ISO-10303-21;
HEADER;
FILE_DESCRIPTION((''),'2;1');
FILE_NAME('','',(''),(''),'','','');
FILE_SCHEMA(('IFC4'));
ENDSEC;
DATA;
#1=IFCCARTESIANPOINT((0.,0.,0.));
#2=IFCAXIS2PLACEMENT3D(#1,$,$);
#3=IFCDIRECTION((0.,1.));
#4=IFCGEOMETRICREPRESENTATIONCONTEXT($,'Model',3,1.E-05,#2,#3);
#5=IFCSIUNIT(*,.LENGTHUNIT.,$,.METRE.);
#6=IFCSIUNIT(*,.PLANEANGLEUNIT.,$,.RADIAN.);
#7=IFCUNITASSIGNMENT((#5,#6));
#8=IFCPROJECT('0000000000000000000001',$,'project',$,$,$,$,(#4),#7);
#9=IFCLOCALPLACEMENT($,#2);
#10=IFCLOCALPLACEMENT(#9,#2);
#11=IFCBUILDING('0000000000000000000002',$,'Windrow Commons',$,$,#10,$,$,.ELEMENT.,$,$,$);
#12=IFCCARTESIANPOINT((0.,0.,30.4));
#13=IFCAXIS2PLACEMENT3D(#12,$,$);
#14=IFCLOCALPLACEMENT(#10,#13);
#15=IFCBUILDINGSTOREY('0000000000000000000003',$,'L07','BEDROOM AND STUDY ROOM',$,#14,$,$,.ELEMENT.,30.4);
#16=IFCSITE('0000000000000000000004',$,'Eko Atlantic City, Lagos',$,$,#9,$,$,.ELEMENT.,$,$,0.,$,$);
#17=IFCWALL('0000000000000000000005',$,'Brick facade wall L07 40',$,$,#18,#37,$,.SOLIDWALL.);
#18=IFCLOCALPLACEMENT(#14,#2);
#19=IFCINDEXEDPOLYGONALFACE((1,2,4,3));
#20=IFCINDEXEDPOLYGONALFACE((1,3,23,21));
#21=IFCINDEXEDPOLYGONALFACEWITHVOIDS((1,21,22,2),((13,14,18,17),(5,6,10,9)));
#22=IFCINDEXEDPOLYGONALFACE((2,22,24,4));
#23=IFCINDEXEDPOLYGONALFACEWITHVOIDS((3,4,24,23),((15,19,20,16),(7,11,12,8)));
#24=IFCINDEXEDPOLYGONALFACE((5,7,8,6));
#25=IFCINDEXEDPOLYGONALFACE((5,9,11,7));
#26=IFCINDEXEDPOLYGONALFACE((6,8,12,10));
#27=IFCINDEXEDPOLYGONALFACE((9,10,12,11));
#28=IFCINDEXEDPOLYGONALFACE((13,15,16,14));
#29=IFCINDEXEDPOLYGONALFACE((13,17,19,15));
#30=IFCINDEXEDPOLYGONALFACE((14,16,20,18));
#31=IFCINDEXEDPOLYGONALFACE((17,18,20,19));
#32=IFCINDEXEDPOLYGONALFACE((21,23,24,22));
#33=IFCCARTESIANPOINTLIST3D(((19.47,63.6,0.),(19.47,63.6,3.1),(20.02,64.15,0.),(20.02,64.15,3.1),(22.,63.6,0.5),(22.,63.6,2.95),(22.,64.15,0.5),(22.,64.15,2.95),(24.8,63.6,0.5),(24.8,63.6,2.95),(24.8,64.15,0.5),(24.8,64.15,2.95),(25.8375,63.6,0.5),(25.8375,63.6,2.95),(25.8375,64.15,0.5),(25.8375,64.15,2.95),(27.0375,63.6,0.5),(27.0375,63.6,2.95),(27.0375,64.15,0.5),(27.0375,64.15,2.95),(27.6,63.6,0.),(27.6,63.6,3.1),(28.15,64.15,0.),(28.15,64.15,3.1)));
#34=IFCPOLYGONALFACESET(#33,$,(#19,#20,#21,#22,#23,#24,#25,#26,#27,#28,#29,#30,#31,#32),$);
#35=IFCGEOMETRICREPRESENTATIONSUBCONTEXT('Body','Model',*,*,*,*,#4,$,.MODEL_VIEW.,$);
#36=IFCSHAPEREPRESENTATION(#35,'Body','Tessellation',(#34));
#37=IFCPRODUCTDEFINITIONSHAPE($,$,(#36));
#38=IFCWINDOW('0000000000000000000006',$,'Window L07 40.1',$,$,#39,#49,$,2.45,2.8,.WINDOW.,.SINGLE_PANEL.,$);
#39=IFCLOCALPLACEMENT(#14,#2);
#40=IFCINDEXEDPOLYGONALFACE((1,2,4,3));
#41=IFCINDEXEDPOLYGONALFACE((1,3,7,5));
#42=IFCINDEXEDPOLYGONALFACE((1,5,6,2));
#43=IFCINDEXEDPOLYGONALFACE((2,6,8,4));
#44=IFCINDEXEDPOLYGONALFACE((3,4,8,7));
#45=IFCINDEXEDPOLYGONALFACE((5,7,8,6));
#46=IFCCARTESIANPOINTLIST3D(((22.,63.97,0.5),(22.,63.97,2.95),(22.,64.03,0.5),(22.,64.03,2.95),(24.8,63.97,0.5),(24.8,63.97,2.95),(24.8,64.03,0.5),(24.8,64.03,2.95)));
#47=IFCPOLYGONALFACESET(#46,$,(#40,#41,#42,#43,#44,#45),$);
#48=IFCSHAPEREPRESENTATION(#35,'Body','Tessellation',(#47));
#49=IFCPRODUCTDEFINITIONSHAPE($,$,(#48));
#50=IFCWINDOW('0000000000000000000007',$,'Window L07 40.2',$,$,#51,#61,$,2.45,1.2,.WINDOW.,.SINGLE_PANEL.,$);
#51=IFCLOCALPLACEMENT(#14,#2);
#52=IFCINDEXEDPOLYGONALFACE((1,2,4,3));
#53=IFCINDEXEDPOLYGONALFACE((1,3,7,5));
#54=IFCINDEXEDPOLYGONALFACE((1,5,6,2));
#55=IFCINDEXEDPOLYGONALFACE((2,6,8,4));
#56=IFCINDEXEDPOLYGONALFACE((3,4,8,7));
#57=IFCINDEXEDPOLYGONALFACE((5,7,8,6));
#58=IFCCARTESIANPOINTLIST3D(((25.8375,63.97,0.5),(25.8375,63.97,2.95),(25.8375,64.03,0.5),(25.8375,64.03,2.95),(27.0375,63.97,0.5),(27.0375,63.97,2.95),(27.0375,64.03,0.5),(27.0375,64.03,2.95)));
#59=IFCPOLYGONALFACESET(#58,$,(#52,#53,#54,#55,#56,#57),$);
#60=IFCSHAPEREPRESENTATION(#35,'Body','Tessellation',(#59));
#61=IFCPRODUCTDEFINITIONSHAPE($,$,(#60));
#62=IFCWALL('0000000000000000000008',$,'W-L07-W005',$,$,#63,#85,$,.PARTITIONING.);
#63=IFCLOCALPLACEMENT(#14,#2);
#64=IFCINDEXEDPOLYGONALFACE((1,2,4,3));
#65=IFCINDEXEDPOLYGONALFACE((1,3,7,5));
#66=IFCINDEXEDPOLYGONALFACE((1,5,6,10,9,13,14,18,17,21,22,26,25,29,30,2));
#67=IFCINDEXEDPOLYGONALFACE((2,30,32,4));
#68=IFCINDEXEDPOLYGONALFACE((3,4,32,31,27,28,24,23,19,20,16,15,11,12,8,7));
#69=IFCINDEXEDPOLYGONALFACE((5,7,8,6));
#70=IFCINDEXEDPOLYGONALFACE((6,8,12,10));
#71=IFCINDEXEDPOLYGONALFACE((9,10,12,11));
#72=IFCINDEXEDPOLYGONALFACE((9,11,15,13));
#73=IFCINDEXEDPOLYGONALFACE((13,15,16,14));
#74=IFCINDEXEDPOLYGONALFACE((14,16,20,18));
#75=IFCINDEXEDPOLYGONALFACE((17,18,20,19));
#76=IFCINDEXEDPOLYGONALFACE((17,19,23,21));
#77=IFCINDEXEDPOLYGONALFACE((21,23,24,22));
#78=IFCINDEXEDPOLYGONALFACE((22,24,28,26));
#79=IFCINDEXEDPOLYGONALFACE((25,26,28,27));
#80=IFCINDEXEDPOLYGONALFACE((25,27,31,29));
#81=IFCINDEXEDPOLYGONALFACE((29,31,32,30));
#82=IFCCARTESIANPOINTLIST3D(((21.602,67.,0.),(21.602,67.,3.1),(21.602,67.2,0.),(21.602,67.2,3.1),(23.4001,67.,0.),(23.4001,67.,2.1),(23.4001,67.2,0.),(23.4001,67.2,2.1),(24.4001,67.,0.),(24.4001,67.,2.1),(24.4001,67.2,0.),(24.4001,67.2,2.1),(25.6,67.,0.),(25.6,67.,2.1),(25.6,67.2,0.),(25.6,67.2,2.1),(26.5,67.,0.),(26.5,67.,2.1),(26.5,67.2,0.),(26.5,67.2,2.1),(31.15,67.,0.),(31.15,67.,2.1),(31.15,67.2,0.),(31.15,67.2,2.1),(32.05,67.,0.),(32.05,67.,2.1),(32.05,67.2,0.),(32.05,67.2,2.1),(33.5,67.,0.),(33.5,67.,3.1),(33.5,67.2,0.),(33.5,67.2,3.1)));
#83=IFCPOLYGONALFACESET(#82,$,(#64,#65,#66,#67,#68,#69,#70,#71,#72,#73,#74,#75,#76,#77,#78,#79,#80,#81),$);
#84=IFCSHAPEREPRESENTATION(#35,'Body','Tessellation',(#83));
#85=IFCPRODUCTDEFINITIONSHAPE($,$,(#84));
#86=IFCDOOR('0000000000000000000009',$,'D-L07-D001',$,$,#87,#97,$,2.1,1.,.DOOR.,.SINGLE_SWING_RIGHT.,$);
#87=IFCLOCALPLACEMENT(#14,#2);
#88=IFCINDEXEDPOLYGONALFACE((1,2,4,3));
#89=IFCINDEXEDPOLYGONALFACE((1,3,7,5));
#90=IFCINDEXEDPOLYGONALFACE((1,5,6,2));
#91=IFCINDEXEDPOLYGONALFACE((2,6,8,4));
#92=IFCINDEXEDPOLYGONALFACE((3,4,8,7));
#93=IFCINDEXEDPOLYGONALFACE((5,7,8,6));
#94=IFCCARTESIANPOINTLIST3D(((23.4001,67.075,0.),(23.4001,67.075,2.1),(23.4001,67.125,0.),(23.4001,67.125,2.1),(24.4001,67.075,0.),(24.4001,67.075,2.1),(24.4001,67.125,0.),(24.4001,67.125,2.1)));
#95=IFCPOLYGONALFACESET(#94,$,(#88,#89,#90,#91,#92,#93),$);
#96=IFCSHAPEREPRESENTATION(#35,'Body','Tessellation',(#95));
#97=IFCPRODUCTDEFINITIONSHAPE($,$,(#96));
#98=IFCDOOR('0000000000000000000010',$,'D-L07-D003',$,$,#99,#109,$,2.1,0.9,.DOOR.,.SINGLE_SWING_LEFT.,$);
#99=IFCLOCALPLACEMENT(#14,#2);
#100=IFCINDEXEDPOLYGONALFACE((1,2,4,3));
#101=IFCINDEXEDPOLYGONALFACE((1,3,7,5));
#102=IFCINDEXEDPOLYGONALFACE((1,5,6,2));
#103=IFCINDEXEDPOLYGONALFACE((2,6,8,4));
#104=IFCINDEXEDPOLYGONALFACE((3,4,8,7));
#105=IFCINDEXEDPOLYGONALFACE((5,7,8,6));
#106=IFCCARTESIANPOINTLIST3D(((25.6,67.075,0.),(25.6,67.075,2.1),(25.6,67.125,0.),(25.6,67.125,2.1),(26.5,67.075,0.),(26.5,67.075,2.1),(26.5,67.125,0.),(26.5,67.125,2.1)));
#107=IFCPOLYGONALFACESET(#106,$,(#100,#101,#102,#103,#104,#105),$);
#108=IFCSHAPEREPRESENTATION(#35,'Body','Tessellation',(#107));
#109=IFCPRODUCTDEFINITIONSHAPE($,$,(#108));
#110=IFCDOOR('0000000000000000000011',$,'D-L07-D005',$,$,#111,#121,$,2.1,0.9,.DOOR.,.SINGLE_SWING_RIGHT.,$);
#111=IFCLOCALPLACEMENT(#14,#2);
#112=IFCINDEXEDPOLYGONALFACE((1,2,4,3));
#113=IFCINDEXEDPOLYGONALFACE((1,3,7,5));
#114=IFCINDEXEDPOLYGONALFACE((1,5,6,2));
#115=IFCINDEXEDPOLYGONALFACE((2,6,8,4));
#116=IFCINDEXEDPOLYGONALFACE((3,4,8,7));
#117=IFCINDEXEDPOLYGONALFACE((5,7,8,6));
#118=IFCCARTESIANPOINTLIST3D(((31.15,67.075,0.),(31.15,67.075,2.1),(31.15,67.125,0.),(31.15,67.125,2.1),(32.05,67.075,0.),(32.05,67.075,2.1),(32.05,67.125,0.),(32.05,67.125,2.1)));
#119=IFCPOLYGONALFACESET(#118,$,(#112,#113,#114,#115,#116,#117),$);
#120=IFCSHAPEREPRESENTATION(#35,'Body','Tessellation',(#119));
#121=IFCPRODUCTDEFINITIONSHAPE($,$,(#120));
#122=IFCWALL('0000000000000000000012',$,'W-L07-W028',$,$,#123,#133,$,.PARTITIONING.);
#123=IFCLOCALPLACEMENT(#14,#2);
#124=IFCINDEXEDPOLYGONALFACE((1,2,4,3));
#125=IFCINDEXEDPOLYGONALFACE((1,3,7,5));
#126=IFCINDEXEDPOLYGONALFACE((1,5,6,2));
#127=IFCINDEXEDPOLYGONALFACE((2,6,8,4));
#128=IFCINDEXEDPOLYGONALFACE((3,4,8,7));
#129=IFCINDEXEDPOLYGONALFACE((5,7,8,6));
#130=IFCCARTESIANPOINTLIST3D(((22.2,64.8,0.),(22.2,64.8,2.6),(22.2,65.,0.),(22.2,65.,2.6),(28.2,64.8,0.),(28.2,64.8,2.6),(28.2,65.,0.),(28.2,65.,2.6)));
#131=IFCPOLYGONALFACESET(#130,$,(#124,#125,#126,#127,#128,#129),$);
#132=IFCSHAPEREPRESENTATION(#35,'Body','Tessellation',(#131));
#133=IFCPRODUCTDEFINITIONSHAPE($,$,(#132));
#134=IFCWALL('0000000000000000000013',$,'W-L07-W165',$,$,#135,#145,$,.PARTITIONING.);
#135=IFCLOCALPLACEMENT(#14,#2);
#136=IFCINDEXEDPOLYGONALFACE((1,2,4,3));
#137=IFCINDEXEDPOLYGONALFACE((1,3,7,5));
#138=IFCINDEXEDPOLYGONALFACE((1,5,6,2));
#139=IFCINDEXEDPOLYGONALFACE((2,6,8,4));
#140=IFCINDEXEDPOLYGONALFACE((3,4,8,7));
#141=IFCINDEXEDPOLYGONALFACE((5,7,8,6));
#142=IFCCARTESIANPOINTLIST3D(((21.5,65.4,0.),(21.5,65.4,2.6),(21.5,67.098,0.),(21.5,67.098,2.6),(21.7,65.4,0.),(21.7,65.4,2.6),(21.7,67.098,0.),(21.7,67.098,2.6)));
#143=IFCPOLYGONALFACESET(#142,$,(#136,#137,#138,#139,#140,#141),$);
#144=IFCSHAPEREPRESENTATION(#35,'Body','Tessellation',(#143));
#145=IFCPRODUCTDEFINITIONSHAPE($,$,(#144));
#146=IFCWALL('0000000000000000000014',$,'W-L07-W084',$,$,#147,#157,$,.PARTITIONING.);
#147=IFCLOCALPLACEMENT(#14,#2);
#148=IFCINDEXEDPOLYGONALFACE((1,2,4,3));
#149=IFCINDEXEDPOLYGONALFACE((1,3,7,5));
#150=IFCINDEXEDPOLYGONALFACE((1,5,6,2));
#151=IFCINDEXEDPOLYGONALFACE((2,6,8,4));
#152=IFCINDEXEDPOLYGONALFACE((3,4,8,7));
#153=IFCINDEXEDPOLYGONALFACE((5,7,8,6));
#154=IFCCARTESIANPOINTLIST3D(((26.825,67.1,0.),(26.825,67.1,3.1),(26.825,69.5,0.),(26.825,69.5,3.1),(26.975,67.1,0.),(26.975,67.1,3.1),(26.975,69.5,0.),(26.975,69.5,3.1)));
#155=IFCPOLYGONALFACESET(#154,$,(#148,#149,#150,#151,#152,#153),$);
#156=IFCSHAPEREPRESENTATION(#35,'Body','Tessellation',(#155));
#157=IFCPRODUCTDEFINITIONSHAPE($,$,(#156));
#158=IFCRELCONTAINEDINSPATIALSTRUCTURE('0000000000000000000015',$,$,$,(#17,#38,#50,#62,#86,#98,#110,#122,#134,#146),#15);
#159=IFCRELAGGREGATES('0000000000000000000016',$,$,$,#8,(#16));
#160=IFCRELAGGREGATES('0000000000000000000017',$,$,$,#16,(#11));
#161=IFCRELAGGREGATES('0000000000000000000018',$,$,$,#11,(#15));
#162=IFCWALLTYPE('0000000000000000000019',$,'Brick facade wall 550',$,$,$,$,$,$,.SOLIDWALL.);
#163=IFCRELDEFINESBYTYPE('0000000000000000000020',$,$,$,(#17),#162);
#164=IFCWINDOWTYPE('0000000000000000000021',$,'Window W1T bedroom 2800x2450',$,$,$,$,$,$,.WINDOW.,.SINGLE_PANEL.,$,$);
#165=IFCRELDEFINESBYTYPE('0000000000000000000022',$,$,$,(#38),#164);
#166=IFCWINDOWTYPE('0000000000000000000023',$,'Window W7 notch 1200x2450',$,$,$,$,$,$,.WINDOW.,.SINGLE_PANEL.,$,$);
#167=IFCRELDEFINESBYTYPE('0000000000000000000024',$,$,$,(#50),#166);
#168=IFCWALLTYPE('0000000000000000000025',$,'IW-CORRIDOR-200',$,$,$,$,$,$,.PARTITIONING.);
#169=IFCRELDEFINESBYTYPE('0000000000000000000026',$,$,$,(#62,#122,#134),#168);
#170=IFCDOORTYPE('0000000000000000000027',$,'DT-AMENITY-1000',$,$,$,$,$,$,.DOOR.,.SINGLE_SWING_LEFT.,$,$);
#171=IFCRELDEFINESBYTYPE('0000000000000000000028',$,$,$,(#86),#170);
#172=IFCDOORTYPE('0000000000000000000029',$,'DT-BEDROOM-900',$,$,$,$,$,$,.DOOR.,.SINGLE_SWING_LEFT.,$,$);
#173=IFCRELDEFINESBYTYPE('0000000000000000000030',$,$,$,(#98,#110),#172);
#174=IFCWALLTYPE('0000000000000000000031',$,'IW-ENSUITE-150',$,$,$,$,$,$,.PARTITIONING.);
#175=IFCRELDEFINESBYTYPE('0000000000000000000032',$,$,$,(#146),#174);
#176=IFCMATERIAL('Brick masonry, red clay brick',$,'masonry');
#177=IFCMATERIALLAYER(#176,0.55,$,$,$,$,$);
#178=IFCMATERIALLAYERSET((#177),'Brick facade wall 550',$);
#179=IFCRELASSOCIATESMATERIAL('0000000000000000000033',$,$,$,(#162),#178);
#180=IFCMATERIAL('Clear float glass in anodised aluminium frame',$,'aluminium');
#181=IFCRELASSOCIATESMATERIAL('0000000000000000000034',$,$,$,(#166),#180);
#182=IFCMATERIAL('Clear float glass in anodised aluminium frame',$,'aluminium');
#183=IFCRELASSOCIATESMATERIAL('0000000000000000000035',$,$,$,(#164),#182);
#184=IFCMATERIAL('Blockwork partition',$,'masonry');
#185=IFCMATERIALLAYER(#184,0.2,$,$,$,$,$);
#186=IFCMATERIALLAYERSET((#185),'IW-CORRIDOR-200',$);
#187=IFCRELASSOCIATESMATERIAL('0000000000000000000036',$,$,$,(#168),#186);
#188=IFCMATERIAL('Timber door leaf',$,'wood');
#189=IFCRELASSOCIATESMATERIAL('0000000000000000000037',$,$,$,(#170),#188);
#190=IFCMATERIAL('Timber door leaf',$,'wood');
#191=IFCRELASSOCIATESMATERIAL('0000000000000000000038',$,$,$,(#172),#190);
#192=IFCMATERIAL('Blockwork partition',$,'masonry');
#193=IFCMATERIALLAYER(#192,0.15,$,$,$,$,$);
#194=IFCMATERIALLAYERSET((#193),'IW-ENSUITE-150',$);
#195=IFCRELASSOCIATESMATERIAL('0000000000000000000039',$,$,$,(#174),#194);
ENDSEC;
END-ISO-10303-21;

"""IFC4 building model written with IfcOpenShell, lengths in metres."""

from ifc_helpers import new_model, si_unit, direction, frame, frame_2d, origin, place, context, subcontext, project, spatial, polyline, rectangle, outline, extrude, material, layer, layer_set, type_object, element, fill, save


model = new_model("IFC4")

# Units and contexts
model_context = context("Model", 3, precision=1e-05, world=origin(), true_north=direction((0.0, 1.0)))
body_context = subcontext(model_context, "Body", "Model", "MODEL_VIEW")
ifc_project = project(units=[si_unit("LENGTHUNIT", "METRE"), si_unit("PLANEANGLEUNIT", "RADIAN")], contexts=[model_context])

# Site, building, storey
site_placement = place(None, origin())
site = spatial("IfcSite", under=ifc_project, at=site_placement, Name="Eko Atlantic City, Lagos", CompositionType="ELEMENT", RefElevation=0.0)
building_placement = place(site_placement, origin())
building = spatial("IfcBuilding", under=site, at=building_placement, Name="Windrow Commons", CompositionType="ELEMENT")
storey_placement = place(building_placement, frame((0.0, 0.0, 30.4)))
storey = spatial("IfcBuildingStorey", under=building, at=storey_placement, Name="L07", Description="BEDROOM AND STUDY ROOM", CompositionType="ELEMENT", Elevation=30.4)

# Shared definitions
ifc_material_1 = material(Name="Brick masonry, red clay brick", Category="masonry")
ifc_layer_1 = layer(ifc_material_1, 0.55)
ifc_layer_set_1 = layer_set([ifc_layer_1], Name="Brick facade wall 550")
wall_type_1 = type_object("IfcWallType", Name="Brick facade wall 550", PredefinedType="SOLIDWALL", material=ifc_layer_set_1)
ifc_material_2 = material(Name="Clear float glass in anodised aluminium frame", Category="aluminium")
window_type_1 = type_object("IfcWindowType", Name="Window W7 notch 1200x2450", PartitioningType="SINGLE_PANEL", PredefinedType="WINDOW", material=ifc_material_2)

# Wall, openings, windows
ifc_material_3 = material(Name="Clear float glass in anodised aluminium frame", Category="aluminium")
window_type_2 = type_object("IfcWindowType", Name="Window W1T bedroom 2800x2450", PartitioningType="SINGLE_PANEL", PredefinedType="WINDOW", material=ifc_material_3)
wall_1_placement = place(storey_placement, frame((19.745, 63.875, 0.0), z_axis=(0.0, 0.0, 1.0), x_axis=(1.0, 0.0, 0.0)))
wall_1 = element("IfcWall", 1, at=wall_1_placement, inside=storey, type_object=wall_type_1, Name="Brick facade wall L07 40", PredefinedType="SOLIDWALL", context=body_context, shape_type="SweptSolid", body=[
    extrude(outline(polyline([(-0.275, -0.275), (7.855, -0.275), (8.405, 0.275), (0.275, 0.275), (-0.275, -0.275)])), origin(), (0.0, 0.0, 1.0), 3.1),
])
opening_1_placement = place(wall_1_placement, frame((2.255, 0.0, 0.5)))
opening_1 = element("IfcOpeningElement", 2, at=opening_1_placement, cuts=wall_1, PredefinedType="OPENING", context=body_context, shape_type="SweptSolid", body=[
    extrude(rectangle(XDim=2.8, YDim=2.45, at=frame_2d((1.4, 1.225))), frame((0.0, 0.285, 0.0), z_axis=(0.0, -1.0, 0.0), x_axis=(1.0, 0.0, 0.0)), (0.0, 0.0, 1.0), 0.57),
])
opening_2_placement = place(wall_1_placement, frame((6.0925, 0.0, 0.5)))
opening_2 = element("IfcOpeningElement", 3, at=opening_2_placement, cuts=wall_1, PredefinedType="OPENING", context=body_context, shape_type="SweptSolid", body=[
    extrude(rectangle(XDim=1.2, YDim=2.45, at=frame_2d((0.6, 1.225))), frame((0.0, 0.285, 0.0), z_axis=(0.0, -1.0, 0.0), x_axis=(1.0, 0.0, 0.0)), (0.0, 0.0, 1.0), 0.57),
])
window_1_placement = place(opening_1_placement, origin())
window_1 = element("IfcWindow", 4, at=window_1_placement, inside=storey, type_object=window_type_2, Name="Window L07 40.1", OverallHeight=2.45, OverallWidth=2.8, PartitioningType="SINGLE_PANEL", PredefinedType="WINDOW", context=body_context, shape_type="SweptSolid", body=[
    extrude(rectangle(XDim=2.8, YDim=2.45, at=frame_2d((1.4, 1.225))), frame((0.0, 0.155, 0.0), z_axis=(0.0, -1.0, 0.0), x_axis=(1.0, 0.0, 0.0)), (0.0, 0.0, 1.0), 0.06),
])
fill(opening_1, window_1)
window_2_placement = place(opening_2_placement, origin())
window_2 = element("IfcWindow", 5, at=window_2_placement, inside=storey, type_object=window_type_1, Name="Window L07 40.2", OverallHeight=2.45, OverallWidth=1.2, PartitioningType="SINGLE_PANEL", PredefinedType="WINDOW", context=body_context, shape_type="SweptSolid", body=[
    extrude(rectangle(XDim=1.2, YDim=2.45, at=frame_2d((0.6, 1.225))), frame((0.0, 0.155, 0.0), z_axis=(0.0, -1.0, 0.0), x_axis=(1.0, 0.0, 0.0)), (0.0, 0.0, 1.0), 0.06),
])
fill(opening_2, window_2)

# Wall, openings, doors
ifc_material_4 = material(Name="Blockwork partition", Category="masonry")
ifc_layer_2 = layer(ifc_material_4, 0.2)
ifc_layer_set_2 = layer_set([ifc_layer_2], Name="IW-CORRIDOR-200")
wall_type_2 = type_object("IfcWallType", Name="IW-CORRIDOR-200", PredefinedType="PARTITIONING", material=ifc_layer_set_2)
wall_2_placement = place(storey_placement, frame((21.602, 67.1, 0.0), z_axis=(0.0, 0.0, 1.0), x_axis=(1.0, 0.0, 0.0)))
wall_2 = element("IfcWall", 6, at=wall_2_placement, inside=storey, type_object=wall_type_2, Name="W-L07-W005", PredefinedType="PARTITIONING", context=body_context, shape_type="SweptSolid", body=[
    extrude(rectangle(XDim=11.898, YDim=0.2, at=frame_2d((5.949, 0.0))), origin(), (0.0, 0.0, 1.0), 3.1),
])
opening_3_placement = place(wall_2_placement, frame((1.7981, 0.0, 0.0)))
opening_3 = element("IfcOpeningElement", 7, at=opening_3_placement, cuts=wall_2, PredefinedType="OPENING", context=body_context, shape_type="SweptSolid", body=[
    extrude(rectangle(XDim=1.0, YDim=2.1, at=frame_2d((0.5, 1.05))), frame((0.0, 0.11, 0.0), z_axis=(0.0, -1.0, 0.0), x_axis=(1.0, 0.0, 0.0)), (0.0, 0.0, 1.0), 0.22),
])
opening_4_placement = place(wall_2_placement, frame((3.998, 0.0, 0.0)))
opening_4 = element("IfcOpeningElement", 8, at=opening_4_placement, cuts=wall_2, PredefinedType="OPENING", context=body_context, shape_type="SweptSolid", body=[
    extrude(rectangle(XDim=0.9, YDim=2.1, at=frame_2d((0.45, 1.05))), frame((0.0, 0.11, 0.0), z_axis=(0.0, -1.0, 0.0), x_axis=(1.0, 0.0, 0.0)), (0.0, 0.0, 1.0), 0.22),
])
opening_5_placement = place(wall_2_placement, frame((9.548, 0.0, 0.0)))
opening_5 = element("IfcOpeningElement", 9, at=opening_5_placement, cuts=wall_2, PredefinedType="OPENING", context=body_context, shape_type="SweptSolid", body=[
    extrude(rectangle(XDim=0.9, YDim=2.1, at=frame_2d((0.45, 1.05))), frame((0.0, 0.11, 0.0), z_axis=(0.0, -1.0, 0.0), x_axis=(1.0, 0.0, 0.0)), (0.0, 0.0, 1.0), 0.22),
])
ifc_material_5 = material(Name="Timber door leaf", Category="wood")
door_type_1 = type_object("IfcDoorType", Name="DT-AMENITY-1000", OperationType="SINGLE_SWING_LEFT", PredefinedType="DOOR", material=ifc_material_5)
door_1_placement = place(opening_3_placement, origin())
door_1 = element("IfcDoor", 10, at=door_1_placement, inside=storey, type_object=door_type_1, Name="D-L07-D001", OperationType="SINGLE_SWING_RIGHT", OverallHeight=2.1, OverallWidth=1.0, PredefinedType="DOOR", context=body_context, shape_type="SweptSolid", body=[
    extrude(rectangle(XDim=1.0, YDim=2.1, at=frame_2d((0.5, 1.05))), frame((0.0, 0.025, 0.0), z_axis=(0.0, -1.0, 0.0), x_axis=(1.0, 0.0, 0.0)), (0.0, 0.0, 1.0), 0.05),
])
fill(opening_3, door_1)
ifc_material_6 = material(Name="Timber door leaf", Category="wood")
door_type_2 = type_object("IfcDoorType", Name="DT-BEDROOM-900", OperationType="SINGLE_SWING_LEFT", PredefinedType="DOOR", material=ifc_material_6)
door_2_placement = place(opening_4_placement, origin())
door_2 = element("IfcDoor", 11, at=door_2_placement, inside=storey, type_object=door_type_2, Name="D-L07-D003", OperationType="SINGLE_SWING_LEFT", OverallHeight=2.1, OverallWidth=0.9, PredefinedType="DOOR", context=body_context, shape_type="SweptSolid", body=[
    extrude(rectangle(XDim=0.9, YDim=2.1, at=frame_2d((0.45, 1.05))), frame((0.0, 0.025, 0.0), z_axis=(0.0, -1.0, 0.0), x_axis=(1.0, 0.0, 0.0)), (0.0, 0.0, 1.0), 0.05),
])
fill(opening_4, door_2)
door_3_placement = place(opening_5_placement, origin())
door_3 = element("IfcDoor", 12, at=door_3_placement, inside=storey, type_object=door_type_2, Name="D-L07-D005", OperationType="SINGLE_SWING_RIGHT", OverallHeight=2.1, OverallWidth=0.9, PredefinedType="DOOR", context=body_context, shape_type="SweptSolid", body=[
    extrude(rectangle(XDim=0.9, YDim=2.1, at=frame_2d((0.45, 1.05))), frame((0.0, 0.025, 0.0), z_axis=(0.0, -1.0, 0.0), x_axis=(1.0, 0.0, 0.0)), (0.0, 0.0, 1.0), 0.05),
])
fill(opening_5, door_3)

# Walls
wall_3_placement = place(storey_placement, frame((22.2, 64.9, 0.0), z_axis=(0.0, 0.0, 1.0), x_axis=(1.0, 0.0, 0.0)))
element("IfcWall", 13, at=wall_3_placement, inside=storey, type_object=wall_type_2, Name="W-L07-W028", PredefinedType="PARTITIONING", context=body_context, shape_type="SweptSolid", body=[
    extrude(rectangle(XDim=6.0, YDim=0.2, at=frame_2d((3.0, 0.0))), origin(), (0.0, 0.0, 1.0), 2.6),
])
wall_4_placement = place(storey_placement, frame((21.6, 65.4, 0.0), z_axis=(0.0, 0.0, 1.0), x_axis=(0.0, 1.0, 0.0)))
element("IfcWall", 14, at=wall_4_placement, inside=storey, type_object=wall_type_2, Name="W-L07-W165", PredefinedType="PARTITIONING", context=body_context, shape_type="SweptSolid", body=[
    extrude(rectangle(XDim=1.698, YDim=0.2, at=frame_2d((0.849, 0.0))), origin(), (0.0, 0.0, 1.0), 2.6),
])
ifc_material_7 = material(Name="Blockwork partition", Category="masonry")
ifc_layer_3 = layer(ifc_material_7, 0.15)
ifc_layer_set_3 = layer_set([ifc_layer_3], Name="IW-ENSUITE-150")
wall_type_3 = type_object("IfcWallType", Name="IW-ENSUITE-150", PredefinedType="PARTITIONING", material=ifc_layer_set_3)
wall_5_placement = place(storey_placement, frame((26.9, 67.1, 0.0), z_axis=(0.0, 0.0, 1.0), x_axis=(0.0, 1.0, 0.0)))
element("IfcWall", 15, at=wall_5_placement, inside=storey, type_object=wall_type_3, Name="W-L07-W084", PredefinedType="PARTITIONING", context=body_context, shape_type="SweptSolid", body=[
    extrude(rectangle(XDim=2.4, YDim=0.15, at=frame_2d((1.2, 0.0))), origin(), (0.0, 0.0, 1.0), 3.1),
])

save(model, "model.ifc")
